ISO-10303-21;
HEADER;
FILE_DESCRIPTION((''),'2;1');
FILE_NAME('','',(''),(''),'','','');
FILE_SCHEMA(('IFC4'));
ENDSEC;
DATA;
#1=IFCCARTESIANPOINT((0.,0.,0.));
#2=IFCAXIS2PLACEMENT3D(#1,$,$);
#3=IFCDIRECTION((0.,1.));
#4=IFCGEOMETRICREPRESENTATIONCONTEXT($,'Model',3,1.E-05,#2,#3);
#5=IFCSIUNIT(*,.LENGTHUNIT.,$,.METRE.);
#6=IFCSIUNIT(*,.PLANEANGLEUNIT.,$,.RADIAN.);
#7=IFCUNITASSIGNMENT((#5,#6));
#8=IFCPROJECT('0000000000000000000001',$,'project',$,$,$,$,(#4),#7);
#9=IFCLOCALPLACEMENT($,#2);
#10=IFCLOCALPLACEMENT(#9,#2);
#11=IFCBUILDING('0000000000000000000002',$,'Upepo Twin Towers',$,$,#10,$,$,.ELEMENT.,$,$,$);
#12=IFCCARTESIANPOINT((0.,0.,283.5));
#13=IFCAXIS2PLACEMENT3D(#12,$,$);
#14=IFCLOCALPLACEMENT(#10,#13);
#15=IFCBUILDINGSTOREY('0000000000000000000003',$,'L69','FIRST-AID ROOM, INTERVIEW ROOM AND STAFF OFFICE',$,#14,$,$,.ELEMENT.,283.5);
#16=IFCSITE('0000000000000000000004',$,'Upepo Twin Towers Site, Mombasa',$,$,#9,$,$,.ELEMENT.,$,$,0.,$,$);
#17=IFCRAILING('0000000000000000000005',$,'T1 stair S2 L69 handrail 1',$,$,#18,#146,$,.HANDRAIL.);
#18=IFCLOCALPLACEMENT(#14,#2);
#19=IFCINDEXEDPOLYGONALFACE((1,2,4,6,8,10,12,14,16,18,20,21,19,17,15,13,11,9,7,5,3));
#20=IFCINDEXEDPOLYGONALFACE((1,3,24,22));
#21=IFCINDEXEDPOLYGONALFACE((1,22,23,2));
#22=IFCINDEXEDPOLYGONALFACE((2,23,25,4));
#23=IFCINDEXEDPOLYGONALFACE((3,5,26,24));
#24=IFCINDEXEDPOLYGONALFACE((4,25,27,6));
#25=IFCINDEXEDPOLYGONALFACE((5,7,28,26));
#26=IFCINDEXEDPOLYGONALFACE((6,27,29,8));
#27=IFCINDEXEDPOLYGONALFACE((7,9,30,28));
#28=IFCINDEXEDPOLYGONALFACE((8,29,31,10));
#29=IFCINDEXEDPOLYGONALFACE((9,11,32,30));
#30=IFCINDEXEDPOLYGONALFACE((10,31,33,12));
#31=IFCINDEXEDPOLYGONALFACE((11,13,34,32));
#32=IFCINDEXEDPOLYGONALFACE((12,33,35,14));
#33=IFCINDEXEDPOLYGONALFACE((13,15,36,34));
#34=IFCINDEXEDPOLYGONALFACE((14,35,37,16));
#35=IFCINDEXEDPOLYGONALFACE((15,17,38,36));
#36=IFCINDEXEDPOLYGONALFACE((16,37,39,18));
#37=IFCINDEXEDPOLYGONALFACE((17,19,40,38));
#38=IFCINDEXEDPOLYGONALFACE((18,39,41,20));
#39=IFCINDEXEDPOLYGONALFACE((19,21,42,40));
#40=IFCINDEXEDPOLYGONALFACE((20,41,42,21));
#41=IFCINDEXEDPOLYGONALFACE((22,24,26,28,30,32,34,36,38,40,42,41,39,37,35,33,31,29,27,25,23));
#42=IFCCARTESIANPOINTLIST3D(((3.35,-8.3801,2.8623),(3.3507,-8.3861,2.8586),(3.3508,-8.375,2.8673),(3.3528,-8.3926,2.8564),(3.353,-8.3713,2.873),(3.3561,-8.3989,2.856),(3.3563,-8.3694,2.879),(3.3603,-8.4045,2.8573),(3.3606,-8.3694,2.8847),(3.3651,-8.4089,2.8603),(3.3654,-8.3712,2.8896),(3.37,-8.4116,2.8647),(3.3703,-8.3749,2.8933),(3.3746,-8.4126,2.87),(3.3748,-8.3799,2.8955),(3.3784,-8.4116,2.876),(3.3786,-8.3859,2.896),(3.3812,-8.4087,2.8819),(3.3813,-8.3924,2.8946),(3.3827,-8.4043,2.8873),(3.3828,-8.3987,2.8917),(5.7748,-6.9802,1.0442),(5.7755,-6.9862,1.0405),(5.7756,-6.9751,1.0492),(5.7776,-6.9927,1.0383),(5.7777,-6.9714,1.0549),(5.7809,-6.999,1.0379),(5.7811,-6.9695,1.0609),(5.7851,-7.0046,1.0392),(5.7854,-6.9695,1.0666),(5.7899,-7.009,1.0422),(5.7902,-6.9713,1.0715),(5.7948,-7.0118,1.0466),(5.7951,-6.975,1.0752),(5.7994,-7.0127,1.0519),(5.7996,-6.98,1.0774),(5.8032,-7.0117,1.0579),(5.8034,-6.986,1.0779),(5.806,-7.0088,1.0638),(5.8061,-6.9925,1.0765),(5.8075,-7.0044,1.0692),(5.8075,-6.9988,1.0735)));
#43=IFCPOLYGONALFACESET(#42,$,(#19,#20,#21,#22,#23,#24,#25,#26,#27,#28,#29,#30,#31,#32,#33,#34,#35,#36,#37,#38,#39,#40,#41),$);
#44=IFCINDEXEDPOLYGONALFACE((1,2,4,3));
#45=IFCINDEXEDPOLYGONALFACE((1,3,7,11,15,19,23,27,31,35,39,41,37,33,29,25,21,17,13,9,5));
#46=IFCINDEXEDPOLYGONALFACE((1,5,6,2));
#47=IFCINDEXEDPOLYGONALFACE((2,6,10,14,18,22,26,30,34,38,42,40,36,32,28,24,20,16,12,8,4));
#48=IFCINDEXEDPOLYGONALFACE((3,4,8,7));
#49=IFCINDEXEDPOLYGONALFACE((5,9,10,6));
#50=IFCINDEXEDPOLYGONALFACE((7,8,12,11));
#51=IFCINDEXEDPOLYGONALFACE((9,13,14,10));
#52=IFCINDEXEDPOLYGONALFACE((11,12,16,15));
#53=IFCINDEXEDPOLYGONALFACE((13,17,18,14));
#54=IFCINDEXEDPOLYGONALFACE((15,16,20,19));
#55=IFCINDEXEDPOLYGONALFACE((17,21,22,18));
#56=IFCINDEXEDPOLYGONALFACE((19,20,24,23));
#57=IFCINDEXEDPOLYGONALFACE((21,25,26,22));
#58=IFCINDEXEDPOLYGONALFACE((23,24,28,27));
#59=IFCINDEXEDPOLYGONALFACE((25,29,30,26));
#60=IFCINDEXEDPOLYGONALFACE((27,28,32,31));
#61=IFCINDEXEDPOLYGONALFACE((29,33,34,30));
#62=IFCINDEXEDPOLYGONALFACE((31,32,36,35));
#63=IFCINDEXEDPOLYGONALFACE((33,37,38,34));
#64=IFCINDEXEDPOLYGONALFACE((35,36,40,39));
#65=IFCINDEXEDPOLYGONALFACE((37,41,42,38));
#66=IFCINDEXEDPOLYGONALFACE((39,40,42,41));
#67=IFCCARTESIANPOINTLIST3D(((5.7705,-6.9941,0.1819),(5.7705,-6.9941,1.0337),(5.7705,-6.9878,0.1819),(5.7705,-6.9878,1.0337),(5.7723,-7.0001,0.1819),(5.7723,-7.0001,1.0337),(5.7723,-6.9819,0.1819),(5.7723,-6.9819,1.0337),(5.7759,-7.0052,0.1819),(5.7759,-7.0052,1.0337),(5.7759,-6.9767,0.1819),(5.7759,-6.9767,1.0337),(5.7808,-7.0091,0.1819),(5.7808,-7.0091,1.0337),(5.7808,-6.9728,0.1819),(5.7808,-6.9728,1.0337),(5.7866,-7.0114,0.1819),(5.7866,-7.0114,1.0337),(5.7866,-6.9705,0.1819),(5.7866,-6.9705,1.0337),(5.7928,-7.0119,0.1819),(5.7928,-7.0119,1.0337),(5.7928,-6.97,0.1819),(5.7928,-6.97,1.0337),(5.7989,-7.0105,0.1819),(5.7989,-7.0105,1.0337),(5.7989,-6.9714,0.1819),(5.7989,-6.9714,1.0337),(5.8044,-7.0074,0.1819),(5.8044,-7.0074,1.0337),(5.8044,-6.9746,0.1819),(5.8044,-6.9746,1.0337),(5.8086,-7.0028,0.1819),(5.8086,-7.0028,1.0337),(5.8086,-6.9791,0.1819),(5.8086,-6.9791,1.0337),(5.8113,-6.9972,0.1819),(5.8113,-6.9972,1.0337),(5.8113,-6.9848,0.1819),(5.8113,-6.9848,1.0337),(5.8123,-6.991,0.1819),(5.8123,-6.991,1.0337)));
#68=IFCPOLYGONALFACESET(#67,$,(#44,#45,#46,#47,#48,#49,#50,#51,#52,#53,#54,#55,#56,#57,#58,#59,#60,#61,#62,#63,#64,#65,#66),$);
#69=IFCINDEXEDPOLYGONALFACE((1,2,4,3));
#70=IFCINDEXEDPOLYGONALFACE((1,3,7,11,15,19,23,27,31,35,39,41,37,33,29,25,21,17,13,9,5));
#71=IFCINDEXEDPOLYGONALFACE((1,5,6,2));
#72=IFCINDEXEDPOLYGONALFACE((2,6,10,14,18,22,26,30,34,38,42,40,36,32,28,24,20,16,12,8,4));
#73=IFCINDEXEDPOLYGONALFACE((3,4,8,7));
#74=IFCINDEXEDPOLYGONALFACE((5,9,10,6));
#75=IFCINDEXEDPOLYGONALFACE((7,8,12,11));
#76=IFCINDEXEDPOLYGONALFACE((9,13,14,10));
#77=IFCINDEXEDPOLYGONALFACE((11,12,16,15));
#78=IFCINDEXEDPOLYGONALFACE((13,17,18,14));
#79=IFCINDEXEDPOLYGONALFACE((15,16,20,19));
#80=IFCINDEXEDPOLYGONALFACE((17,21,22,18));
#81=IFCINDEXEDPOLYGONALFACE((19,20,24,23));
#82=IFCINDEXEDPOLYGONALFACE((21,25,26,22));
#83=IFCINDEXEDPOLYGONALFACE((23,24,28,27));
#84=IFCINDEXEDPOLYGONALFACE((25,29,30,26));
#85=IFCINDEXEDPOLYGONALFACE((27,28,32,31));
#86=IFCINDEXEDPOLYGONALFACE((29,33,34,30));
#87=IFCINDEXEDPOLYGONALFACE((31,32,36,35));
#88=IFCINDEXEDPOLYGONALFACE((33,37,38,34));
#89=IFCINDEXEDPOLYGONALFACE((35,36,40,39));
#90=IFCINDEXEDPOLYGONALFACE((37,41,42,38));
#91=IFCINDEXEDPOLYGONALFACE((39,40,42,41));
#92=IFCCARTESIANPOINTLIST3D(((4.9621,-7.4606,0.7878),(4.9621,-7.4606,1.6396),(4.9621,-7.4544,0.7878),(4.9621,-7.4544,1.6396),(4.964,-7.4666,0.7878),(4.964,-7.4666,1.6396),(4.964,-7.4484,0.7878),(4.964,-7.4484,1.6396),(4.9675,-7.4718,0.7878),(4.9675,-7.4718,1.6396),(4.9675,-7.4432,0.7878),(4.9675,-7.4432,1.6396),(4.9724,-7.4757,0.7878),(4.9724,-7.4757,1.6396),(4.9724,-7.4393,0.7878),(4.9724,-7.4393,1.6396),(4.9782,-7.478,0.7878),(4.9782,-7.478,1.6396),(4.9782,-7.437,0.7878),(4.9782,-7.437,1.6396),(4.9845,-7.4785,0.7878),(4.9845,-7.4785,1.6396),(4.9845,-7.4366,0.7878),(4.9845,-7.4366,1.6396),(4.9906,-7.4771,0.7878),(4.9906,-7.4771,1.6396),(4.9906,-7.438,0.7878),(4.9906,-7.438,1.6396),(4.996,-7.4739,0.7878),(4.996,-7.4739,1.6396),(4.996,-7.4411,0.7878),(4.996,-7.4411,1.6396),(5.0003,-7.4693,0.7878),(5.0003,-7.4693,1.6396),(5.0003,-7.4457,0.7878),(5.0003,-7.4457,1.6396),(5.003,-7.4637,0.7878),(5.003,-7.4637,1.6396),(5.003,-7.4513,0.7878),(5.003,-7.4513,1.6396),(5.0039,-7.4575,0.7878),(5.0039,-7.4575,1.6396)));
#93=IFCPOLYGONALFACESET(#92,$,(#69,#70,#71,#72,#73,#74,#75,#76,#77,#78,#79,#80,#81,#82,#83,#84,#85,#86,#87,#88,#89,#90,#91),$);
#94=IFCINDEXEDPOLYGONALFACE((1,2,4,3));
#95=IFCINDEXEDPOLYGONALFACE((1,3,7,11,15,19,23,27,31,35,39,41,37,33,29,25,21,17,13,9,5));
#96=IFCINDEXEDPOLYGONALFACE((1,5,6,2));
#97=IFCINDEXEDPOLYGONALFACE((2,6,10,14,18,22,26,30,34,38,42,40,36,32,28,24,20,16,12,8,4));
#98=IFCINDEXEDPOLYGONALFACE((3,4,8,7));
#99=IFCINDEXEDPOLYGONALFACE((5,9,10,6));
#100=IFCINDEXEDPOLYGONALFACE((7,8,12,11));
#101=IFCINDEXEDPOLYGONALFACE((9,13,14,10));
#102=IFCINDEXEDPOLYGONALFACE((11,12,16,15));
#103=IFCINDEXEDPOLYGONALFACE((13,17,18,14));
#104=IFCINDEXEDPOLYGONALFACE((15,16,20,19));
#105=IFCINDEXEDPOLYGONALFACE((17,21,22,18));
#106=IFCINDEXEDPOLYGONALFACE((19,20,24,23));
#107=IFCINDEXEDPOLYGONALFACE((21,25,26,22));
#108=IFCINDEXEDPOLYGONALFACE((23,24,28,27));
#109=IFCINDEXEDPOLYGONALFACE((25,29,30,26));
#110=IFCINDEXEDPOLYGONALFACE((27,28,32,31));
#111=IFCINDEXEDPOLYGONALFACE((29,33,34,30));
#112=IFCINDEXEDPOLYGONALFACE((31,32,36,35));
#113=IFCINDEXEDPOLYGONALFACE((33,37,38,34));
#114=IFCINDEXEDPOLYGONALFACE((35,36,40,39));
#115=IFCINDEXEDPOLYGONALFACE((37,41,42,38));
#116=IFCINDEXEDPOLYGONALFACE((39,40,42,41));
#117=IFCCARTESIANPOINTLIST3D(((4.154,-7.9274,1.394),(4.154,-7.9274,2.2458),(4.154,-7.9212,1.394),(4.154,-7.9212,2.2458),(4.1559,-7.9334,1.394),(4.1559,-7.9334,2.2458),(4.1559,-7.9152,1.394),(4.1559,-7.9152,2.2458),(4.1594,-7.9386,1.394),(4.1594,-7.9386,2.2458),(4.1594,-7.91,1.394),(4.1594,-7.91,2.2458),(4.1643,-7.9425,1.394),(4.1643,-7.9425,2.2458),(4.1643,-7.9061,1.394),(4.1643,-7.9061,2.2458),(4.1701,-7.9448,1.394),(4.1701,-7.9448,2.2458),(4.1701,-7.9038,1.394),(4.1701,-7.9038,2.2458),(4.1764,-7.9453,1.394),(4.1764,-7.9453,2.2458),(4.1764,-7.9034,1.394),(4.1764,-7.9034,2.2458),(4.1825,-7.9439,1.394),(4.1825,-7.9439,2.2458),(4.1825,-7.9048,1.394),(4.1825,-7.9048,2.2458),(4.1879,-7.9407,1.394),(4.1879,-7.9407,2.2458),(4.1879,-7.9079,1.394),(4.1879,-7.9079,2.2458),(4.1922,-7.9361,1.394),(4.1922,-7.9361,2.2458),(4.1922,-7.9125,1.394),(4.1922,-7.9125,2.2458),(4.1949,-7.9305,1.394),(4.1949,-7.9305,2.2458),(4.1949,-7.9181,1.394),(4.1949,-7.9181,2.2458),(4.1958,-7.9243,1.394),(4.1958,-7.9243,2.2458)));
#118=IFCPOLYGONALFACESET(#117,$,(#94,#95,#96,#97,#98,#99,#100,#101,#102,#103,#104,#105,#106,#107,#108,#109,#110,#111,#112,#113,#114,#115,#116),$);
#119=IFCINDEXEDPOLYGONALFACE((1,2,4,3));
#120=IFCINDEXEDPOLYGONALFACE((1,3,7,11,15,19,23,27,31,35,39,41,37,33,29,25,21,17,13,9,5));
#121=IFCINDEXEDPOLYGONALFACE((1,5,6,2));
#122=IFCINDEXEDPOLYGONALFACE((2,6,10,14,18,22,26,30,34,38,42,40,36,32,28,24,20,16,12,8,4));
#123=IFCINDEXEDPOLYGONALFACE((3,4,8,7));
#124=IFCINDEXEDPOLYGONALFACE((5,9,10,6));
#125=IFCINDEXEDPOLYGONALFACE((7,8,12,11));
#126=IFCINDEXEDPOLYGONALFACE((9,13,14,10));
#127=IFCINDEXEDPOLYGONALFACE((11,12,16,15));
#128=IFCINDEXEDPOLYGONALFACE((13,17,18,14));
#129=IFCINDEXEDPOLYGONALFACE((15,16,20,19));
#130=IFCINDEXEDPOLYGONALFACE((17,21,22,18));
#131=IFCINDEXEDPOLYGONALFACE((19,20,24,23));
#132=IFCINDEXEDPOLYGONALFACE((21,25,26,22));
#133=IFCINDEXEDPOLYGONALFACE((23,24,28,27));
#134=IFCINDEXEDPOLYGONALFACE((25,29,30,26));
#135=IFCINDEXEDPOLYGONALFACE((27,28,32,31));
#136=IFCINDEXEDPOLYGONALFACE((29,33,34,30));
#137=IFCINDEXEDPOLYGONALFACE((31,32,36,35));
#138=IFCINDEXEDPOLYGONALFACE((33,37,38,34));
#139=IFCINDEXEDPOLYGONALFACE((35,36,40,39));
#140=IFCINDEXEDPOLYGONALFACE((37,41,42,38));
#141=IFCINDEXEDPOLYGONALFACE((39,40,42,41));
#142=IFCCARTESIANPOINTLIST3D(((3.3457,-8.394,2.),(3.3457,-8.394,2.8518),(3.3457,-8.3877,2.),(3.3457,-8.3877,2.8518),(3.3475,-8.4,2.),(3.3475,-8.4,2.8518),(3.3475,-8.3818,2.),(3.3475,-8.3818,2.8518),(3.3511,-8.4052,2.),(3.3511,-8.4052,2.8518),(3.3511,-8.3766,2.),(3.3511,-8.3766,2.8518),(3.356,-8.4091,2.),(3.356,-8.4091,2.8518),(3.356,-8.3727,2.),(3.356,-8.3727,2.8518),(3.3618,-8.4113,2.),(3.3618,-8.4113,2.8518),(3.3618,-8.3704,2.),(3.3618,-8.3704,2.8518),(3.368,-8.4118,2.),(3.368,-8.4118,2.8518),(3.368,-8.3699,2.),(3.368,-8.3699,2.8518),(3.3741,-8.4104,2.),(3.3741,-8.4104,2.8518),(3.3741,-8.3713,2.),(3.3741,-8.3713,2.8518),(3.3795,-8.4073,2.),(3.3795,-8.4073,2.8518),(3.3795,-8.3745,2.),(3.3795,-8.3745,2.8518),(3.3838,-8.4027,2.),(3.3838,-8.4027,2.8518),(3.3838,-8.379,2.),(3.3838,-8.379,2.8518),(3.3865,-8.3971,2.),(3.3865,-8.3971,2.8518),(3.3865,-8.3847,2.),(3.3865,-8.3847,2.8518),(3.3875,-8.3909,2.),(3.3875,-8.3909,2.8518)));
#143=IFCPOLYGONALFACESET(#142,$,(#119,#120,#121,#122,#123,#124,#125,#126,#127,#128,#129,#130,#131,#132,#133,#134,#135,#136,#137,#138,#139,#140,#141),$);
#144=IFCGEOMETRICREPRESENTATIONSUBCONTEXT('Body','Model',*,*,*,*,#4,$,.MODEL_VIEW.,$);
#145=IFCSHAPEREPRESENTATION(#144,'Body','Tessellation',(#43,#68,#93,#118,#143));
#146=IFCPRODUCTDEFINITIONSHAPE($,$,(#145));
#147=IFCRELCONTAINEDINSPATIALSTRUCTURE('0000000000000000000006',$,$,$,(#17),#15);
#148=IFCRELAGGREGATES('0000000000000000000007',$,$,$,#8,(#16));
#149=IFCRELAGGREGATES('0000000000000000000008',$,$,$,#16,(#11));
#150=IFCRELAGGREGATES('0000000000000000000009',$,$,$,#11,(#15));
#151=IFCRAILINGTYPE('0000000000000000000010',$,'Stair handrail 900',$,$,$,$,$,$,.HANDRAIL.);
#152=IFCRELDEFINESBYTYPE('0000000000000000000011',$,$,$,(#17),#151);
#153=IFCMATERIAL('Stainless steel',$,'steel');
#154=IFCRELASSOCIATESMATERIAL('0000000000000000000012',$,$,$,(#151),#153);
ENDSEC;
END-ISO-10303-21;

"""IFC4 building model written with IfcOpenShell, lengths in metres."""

from ifc_helpers import new_model, si_unit, direction, frame, origin, origin_2d, place, context, subcontext, project, spatial, circle, extrude, material, type_object, element, save


model = new_model("IFC4")

# Units and contexts
model_context = context("Model", 3, precision=1e-05, world=origin(), true_north=direction((0.0, 1.0)))
body_context = subcontext(model_context, "Body", "Model", "MODEL_VIEW")
ifc_project = project(units=[si_unit("LENGTHUNIT", "METRE"), si_unit("PLANEANGLEUNIT", "RADIAN")], contexts=[model_context])

# Site, building, storey
site_placement = place(None, origin())
site = spatial("IfcSite", under=ifc_project, at=site_placement, Name="Upepo Twin Towers Site, Mombasa", CompositionType="ELEMENT", RefElevation=0.0)
building_placement = place(site_placement, origin())
building = spatial("IfcBuilding", under=site, at=building_placement, Name="Upepo Twin Towers", CompositionType="ELEMENT")
storey_placement = place(building_placement, frame((0.0, 0.0, 283.5)))
storey = spatial("IfcBuildingStorey", under=building, at=storey_placement, Name="L69", Description="FIRST-AID ROOM, INTERVIEW ROOM AND STAFF OFFICE", CompositionType="ELEMENT", Elevation=283.5)

# Railing
ifc_material_1 = material(Name="Stainless steel", Category="steel")
railing_type = type_object("IfcRailingType", Name="Stair handrail 900", PredefinedType="HANDRAIL", material=ifc_material_1)
railing_1_placement = place(storey_placement, frame((5.7913, -6.991, 0.1819)))
element("IfcRailing", 1, at=railing_1_placement, inside=storey, type_object=railing_type, Name="T1 stair S2 L69 handrail 1", PredefinedType="HANDRAIL", context=body_context, shape_type="SweptSolid", body=[
    extrude(circle(Radius=0.0239, at=origin_2d()), frame((0.0, 0.0, 0.876), z_axis=(-0.726336, -0.419333, 0.544606), x_axis=(0.499984, -0.866035, 0.0)), (0.0, 0.0, 1.0), 3.3384),
    extrude(circle(Radius=0.021, at=origin_2d()), origin(), (0.0, 0.0, 1.0), 0.8518),
    extrude(circle(Radius=0.021, at=origin_2d()), frame((-0.8083, -0.4666, 0.606)), (0.0, 0.0, 1.0), 0.8518),
    extrude(circle(Radius=0.021, at=origin_2d()), frame((-1.6165, -0.9333, 1.2122)), (0.0, 0.0, 1.0), 0.8518),
    extrude(circle(Radius=0.021, at=origin_2d()), frame((-2.4248, -1.3999, 1.8181)), (0.0, 0.0, 1.0), 0.8518),
])

save(model, "model.ifc")
